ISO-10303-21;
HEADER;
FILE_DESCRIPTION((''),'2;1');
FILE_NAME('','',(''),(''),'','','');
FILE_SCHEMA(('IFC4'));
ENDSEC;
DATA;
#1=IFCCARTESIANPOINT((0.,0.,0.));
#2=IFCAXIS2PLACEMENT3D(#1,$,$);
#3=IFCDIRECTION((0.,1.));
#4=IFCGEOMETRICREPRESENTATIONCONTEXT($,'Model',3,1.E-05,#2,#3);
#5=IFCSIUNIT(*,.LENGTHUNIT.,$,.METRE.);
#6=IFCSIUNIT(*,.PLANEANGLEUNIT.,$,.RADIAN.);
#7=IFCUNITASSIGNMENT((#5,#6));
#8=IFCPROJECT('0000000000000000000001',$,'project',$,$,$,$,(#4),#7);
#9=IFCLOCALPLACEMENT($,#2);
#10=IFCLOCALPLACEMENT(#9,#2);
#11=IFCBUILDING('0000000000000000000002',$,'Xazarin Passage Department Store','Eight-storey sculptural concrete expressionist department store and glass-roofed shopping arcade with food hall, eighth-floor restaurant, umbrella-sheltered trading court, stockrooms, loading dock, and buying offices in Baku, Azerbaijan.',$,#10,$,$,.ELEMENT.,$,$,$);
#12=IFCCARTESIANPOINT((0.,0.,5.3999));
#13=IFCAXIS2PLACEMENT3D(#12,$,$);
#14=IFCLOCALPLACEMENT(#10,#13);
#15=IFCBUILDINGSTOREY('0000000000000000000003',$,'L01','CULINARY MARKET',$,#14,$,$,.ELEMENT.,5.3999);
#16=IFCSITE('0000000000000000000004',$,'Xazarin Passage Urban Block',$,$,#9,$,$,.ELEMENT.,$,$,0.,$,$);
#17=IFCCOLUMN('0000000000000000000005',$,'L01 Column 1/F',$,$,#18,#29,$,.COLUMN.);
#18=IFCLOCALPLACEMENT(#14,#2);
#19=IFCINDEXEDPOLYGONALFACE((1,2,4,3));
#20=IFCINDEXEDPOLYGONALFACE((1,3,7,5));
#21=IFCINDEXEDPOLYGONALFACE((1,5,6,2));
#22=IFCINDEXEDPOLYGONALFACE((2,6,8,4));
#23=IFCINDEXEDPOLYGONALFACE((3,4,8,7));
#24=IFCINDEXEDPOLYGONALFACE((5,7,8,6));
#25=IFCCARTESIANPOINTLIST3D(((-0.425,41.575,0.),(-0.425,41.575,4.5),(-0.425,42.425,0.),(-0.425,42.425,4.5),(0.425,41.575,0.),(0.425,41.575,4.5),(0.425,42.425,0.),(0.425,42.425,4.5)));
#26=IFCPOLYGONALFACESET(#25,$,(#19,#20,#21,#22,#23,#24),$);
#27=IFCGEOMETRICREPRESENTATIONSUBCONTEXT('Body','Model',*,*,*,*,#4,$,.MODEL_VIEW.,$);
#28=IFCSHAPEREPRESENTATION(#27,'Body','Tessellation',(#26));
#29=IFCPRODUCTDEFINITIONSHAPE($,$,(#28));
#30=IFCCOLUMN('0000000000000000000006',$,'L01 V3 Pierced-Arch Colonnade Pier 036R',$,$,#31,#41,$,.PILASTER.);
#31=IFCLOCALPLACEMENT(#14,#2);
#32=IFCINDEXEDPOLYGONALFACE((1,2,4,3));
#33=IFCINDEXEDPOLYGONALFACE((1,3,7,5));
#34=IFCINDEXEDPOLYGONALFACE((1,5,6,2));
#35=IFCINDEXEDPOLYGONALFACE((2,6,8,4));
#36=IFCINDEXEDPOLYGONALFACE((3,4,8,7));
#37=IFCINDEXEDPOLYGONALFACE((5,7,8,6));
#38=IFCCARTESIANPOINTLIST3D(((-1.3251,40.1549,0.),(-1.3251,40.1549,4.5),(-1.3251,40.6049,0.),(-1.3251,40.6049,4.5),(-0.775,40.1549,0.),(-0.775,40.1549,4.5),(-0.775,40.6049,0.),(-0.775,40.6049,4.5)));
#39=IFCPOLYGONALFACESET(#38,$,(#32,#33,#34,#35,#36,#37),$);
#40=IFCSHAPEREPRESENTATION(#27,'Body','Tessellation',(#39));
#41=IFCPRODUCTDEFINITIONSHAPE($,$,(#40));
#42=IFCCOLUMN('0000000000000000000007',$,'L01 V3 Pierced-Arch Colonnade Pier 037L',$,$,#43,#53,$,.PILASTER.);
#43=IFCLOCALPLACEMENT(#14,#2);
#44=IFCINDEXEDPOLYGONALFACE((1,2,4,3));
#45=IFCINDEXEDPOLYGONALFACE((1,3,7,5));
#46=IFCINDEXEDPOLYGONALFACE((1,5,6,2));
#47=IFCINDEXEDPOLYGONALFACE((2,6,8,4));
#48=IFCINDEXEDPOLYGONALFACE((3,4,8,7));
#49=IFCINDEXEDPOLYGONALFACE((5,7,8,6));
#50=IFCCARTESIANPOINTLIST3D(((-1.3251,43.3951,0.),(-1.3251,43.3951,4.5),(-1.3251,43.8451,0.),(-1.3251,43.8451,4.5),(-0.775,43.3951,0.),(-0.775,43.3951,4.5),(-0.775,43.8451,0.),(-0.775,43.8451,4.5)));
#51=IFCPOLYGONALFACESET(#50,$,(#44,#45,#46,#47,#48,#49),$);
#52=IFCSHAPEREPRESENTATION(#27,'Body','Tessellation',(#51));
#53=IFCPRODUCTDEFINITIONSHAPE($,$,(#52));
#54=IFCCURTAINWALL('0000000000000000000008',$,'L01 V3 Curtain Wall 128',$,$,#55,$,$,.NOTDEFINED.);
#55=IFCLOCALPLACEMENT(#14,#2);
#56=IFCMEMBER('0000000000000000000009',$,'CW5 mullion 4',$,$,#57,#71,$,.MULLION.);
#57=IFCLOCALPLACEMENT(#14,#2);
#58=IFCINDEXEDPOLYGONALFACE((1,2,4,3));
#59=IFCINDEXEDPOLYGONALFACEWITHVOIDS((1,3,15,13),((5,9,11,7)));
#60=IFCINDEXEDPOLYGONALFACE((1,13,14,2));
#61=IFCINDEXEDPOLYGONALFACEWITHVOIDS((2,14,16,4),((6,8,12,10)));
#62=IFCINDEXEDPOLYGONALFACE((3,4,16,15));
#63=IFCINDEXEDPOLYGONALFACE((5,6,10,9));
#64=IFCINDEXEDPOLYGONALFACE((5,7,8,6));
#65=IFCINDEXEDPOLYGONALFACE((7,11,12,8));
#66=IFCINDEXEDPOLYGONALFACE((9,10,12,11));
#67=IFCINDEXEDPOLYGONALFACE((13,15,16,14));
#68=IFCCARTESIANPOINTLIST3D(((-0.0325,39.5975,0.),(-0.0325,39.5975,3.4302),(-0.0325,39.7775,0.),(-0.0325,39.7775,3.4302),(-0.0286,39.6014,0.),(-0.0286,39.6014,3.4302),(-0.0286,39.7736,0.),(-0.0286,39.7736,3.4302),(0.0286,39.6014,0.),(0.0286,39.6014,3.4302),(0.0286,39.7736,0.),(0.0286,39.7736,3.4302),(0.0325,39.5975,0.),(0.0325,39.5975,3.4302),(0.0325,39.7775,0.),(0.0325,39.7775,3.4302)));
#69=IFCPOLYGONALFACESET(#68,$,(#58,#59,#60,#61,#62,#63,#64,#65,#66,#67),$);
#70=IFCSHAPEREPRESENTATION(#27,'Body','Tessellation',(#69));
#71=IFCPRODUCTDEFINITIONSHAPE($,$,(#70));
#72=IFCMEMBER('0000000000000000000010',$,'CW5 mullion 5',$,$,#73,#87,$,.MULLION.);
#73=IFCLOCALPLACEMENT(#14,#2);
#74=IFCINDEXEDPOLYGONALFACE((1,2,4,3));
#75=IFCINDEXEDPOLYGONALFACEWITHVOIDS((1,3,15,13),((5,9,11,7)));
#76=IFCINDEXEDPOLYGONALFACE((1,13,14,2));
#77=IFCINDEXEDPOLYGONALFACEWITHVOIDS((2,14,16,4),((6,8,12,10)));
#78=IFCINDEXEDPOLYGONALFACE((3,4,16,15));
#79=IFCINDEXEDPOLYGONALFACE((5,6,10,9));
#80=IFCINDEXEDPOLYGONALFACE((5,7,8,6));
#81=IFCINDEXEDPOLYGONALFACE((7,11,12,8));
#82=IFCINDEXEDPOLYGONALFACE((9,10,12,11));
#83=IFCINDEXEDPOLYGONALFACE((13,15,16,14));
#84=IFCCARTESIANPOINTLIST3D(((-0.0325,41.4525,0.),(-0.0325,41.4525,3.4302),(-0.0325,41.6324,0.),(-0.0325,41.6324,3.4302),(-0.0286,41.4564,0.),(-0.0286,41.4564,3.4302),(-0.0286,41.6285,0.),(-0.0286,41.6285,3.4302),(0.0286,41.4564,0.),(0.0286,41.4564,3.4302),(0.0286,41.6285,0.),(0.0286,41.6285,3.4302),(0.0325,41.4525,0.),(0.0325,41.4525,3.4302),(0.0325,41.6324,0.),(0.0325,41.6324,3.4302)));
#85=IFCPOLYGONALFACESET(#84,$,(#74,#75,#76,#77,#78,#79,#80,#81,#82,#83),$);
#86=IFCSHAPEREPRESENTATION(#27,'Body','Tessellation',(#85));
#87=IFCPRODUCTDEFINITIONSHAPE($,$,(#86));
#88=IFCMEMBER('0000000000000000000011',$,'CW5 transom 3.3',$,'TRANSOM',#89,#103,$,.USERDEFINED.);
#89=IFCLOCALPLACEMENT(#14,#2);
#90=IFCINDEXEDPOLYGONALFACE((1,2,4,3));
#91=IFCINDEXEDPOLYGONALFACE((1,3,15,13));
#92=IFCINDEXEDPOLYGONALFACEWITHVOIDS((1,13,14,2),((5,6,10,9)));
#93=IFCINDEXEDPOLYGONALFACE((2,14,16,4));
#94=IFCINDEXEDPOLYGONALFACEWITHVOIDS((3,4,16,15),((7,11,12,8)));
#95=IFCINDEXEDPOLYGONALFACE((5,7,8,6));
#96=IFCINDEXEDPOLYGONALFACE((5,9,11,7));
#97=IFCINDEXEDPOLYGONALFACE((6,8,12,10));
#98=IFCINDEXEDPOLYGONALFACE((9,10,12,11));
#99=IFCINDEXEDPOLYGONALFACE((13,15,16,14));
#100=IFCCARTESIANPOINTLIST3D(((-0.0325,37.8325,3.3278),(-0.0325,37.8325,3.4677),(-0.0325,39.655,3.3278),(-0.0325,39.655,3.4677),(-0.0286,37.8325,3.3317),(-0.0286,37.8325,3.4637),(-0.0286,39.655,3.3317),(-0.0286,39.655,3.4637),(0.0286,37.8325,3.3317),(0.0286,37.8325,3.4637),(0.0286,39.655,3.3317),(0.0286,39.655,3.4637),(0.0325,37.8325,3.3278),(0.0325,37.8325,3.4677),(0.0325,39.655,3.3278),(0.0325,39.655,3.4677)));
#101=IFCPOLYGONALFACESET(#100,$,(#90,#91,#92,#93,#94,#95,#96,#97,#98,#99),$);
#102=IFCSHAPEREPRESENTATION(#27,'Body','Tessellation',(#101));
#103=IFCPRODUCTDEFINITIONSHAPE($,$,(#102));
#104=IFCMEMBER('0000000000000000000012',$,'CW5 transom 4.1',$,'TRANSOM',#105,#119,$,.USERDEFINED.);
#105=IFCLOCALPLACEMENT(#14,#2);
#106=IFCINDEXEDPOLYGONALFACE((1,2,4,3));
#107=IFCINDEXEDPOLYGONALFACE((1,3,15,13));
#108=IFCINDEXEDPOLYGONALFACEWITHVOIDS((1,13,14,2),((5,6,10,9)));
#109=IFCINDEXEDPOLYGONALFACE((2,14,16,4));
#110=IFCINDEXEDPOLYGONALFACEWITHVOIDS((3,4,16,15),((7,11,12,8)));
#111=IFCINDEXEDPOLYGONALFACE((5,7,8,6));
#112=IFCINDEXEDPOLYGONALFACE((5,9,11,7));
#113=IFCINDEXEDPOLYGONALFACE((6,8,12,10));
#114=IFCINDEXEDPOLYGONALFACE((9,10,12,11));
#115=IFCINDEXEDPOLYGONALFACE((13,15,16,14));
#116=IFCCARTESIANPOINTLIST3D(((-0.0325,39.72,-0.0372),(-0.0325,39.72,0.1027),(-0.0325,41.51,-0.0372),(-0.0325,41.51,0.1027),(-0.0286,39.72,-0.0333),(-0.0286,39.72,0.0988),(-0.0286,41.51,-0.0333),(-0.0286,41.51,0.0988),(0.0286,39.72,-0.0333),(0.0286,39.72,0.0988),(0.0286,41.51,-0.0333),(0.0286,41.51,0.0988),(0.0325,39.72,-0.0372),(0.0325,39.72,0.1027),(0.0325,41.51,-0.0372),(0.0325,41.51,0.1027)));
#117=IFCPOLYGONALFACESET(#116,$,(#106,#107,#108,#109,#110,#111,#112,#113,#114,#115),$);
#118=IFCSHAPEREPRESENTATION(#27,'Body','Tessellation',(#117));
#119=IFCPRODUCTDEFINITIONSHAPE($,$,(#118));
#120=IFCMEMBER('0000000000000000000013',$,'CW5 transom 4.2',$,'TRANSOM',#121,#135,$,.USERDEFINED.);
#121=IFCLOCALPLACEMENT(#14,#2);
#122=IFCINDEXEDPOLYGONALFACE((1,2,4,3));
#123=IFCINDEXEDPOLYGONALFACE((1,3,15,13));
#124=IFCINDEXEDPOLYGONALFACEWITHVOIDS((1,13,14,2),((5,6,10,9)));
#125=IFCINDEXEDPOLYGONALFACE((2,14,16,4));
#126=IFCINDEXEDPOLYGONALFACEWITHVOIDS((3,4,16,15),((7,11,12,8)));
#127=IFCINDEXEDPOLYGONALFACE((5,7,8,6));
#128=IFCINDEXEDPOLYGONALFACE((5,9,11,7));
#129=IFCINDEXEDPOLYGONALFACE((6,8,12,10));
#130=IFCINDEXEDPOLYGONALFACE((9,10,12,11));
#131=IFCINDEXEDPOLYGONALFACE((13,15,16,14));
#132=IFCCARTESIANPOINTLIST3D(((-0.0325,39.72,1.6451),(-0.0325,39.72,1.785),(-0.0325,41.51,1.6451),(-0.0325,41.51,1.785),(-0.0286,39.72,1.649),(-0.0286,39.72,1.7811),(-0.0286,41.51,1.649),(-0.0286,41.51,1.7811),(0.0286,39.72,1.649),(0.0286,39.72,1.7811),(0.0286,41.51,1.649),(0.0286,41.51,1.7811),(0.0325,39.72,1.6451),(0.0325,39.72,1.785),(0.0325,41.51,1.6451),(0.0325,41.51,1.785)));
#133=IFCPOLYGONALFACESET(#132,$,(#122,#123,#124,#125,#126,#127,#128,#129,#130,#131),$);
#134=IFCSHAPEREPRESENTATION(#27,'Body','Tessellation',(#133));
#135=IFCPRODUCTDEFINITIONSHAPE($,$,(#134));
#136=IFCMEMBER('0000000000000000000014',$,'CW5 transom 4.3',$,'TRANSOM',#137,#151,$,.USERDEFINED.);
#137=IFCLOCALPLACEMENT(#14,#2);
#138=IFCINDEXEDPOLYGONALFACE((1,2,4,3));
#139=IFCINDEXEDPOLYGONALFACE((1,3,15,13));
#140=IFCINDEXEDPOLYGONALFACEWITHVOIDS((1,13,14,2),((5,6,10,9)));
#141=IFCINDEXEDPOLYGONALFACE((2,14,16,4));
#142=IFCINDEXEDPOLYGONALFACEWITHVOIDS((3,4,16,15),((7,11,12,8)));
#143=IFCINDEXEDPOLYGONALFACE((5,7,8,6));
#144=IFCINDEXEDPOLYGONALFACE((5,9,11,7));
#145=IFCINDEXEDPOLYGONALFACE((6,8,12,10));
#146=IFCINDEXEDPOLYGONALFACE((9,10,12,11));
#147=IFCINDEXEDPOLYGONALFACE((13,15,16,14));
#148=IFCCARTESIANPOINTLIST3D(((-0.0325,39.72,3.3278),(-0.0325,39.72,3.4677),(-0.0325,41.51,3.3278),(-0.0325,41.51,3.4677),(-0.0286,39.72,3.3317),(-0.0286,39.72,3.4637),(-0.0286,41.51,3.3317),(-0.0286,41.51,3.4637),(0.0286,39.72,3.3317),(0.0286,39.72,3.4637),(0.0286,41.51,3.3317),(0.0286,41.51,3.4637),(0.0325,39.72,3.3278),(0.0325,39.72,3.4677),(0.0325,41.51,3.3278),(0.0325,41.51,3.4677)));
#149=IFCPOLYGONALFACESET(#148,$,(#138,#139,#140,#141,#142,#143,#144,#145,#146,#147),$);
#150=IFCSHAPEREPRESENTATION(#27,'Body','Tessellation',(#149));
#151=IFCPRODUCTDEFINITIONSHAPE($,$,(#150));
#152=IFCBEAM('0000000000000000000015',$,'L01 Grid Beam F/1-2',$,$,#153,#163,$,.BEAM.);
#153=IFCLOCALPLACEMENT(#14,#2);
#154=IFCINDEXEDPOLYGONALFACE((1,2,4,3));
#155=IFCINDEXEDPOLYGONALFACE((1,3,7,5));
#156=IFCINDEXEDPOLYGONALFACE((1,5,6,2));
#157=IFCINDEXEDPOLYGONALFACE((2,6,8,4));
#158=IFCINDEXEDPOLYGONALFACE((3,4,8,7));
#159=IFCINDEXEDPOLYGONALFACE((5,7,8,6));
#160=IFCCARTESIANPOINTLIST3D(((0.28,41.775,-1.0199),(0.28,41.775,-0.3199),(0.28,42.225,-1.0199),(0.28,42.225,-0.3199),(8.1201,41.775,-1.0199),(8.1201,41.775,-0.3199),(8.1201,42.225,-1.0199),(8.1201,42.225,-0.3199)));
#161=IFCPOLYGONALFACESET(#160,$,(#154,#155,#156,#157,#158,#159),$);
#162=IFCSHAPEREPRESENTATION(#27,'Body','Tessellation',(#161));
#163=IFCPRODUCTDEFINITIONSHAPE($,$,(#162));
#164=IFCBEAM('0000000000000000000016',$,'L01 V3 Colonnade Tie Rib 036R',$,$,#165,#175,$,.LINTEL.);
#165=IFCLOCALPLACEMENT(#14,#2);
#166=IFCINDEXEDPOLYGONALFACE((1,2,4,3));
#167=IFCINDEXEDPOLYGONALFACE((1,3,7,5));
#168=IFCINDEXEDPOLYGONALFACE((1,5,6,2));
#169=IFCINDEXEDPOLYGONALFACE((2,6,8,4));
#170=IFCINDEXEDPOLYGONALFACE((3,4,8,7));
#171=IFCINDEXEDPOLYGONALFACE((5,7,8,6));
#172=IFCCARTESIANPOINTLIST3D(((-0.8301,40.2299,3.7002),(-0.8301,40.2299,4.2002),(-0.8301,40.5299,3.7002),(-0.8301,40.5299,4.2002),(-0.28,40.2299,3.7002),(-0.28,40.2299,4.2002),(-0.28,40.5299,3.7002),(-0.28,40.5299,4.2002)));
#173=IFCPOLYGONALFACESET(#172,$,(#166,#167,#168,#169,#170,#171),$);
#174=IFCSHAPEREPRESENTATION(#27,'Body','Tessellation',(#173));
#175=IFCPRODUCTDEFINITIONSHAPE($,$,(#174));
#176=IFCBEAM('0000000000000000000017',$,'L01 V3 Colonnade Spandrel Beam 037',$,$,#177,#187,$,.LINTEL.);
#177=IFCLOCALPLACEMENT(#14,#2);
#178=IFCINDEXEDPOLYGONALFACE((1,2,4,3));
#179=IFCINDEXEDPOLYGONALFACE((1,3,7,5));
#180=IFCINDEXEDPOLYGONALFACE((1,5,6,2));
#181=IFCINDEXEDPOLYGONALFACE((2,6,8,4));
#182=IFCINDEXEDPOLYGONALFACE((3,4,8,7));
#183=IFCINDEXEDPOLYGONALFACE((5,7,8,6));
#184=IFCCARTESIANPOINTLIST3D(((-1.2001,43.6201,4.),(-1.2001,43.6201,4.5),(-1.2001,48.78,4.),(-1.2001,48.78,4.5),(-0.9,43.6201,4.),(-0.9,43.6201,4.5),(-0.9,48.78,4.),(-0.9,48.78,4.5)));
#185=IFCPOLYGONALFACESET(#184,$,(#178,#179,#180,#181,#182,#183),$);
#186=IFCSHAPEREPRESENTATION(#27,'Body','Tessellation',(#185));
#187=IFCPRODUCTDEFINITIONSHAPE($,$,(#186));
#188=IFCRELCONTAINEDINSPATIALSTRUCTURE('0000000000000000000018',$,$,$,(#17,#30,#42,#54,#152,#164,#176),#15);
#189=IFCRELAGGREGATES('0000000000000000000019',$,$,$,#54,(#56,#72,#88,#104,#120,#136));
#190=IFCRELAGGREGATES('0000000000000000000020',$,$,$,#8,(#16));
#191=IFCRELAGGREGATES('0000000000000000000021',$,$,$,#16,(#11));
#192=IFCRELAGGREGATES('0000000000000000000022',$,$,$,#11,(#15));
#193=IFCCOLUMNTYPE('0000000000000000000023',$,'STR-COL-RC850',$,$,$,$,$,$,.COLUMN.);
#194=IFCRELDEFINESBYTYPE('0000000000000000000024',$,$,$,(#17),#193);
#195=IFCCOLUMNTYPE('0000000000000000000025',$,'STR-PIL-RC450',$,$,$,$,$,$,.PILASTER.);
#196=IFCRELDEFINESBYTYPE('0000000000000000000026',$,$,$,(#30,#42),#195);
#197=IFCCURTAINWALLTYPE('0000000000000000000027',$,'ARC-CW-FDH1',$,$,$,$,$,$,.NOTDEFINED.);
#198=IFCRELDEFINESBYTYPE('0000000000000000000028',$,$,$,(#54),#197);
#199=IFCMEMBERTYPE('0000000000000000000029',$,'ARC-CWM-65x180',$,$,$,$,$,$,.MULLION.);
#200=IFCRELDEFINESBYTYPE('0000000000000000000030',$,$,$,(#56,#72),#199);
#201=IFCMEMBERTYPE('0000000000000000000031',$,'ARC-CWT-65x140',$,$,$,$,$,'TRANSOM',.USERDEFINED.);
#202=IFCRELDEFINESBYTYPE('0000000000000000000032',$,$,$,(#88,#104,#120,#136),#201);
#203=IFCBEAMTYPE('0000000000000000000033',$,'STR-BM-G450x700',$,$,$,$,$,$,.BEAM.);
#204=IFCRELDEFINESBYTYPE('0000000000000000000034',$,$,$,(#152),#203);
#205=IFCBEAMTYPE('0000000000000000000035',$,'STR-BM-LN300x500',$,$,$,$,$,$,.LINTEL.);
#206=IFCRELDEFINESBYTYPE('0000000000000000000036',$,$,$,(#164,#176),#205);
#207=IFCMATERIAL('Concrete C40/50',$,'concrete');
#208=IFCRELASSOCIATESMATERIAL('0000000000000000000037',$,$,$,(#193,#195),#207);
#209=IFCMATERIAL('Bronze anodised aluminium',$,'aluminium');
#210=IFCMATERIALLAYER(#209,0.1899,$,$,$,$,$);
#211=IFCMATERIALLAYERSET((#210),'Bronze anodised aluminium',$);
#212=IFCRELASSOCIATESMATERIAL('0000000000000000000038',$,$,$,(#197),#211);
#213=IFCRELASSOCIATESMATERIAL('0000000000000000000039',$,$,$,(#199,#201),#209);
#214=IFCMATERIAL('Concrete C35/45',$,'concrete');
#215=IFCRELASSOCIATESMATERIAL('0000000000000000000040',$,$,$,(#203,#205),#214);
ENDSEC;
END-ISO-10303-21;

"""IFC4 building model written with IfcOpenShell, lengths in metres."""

from ifc_helpers import new_model, si_unit, direction, frame, origin, origin_2d, place, context, subcontext, project, spatial, rectangle, hollow_rectangle, extrude, material, layer, layer_set, material_profile, profile_set, type_object, element, aggregate, save


model = new_model("IFC4")

# Units and contexts
model_context = context("Model", 3, precision=1e-05, world=origin(), true_north=direction((0.0, 1.0)))
body_context = subcontext(model_context, "Body", "Model", "MODEL_VIEW")
ifc_project = project(units=[si_unit("LENGTHUNIT", "METRE"), si_unit("PLANEANGLEUNIT", "RADIAN")], contexts=[model_context])

# Site, building, storey
site_placement = place(None, origin())
site = spatial("IfcSite", under=ifc_project, at=site_placement, Name="Xazarin Passage Urban Block", CompositionType="ELEMENT", RefElevation=0.0)
building_placement = place(site_placement, origin())
building = spatial("IfcBuilding", under=site, at=building_placement, Name="Xazarin Passage Department Store", Description="Eight-storey sculptural concrete expressionist department store and glass-roofed shopping arcade with food hall, eighth-floor restaurant, umbrella-sheltered trading court, stockrooms, loading dock, and buying offices in Baku, Azerbaijan.", CompositionType="ELEMENT")
storey_placement = place(building_placement, frame((0.0, 0.0, 5.3999)))
storey = spatial("IfcBuildingStorey", under=building, at=storey_placement, Name="L01", Description="CULINARY MARKET", CompositionType="ELEMENT", Elevation=5.3999)

# Columns
ifc_material_1 = material(Name="Concrete C40/50", Category="concrete")
ifc_material_profile_1 = material_profile(ifc_material_1, rectangle(XDim=0.8501, YDim=0.8501, at=origin_2d()), Name="RC 850x850")
ifc_profile_set_1 = profile_set([ifc_material_profile_1], Name="Concrete C40/50")
column_type_1 = type_object("IfcColumnType", Name="STR-COL-RC850", PredefinedType="COLUMN", material=ifc_profile_set_1)
column_placement = place(storey_placement, frame((0.0, 42.0, 0.0), z_axis=(0.0, 0.0, 1.0), x_axis=(1.0, 0.0, 0.0)))
element("IfcColumn", 1, at=column_placement, inside=storey, type_object=column_type_1, Name="L01 Column 1/F", PredefinedType="COLUMN", context=body_context, shape_type="SweptSolid", body=[
    extrude(rectangle(XDim=0.8501, YDim=0.8501, at=origin_2d()), origin(), (0.0, 0.0, 1.0), 4.5),
])
ifc_material_profile_2 = material_profile(ifc_material_1, rectangle(XDim=0.45, YDim=0.55, at=origin_2d()), Name="RC 450x550")
ifc_profile_set_2 = profile_set([ifc_material_profile_2], Name="Concrete C40/50")
column_type_2 = type_object("IfcColumnType", Name="STR-PIL-RC450", PredefinedType="PILASTER", material=ifc_profile_set_2)
for number, where, z_axis, x_axis, name in (
    (2, (-1.05, 40.3799, 0.0), (0.0, 0.0, 1.0), (0.0, 1.0, 0.0), "L01 V3 Pierced-Arch Colonnade Pier 036R"),
    (3, (-1.05, 43.6201, 0.0), (0.0, 0.0, 1.0), (0.0, 1.0, 0.0), "L01 V3 Pierced-Arch Colonnade Pier 037L"),
):
    element("IfcColumn", number, at=place(storey_placement, frame(where, z_axis=z_axis, x_axis=x_axis)), inside=storey, type_object=column_type_2, Name=name, PredefinedType="PILASTER", context=body_context, shape_type="SweptSolid", body=[
        extrude(rectangle(XDim=0.45, YDim=0.55, at=origin_2d()), origin(), (0.0, 0.0, 1.0), 4.5),
    ])

# Curtain wall, members
ifc_material_2 = material(Name="Bronze anodised aluminium", Category="aluminium")
ifc_layer_1 = layer(ifc_material_2, 0.1899)
ifc_layer_set_1 = layer_set([ifc_layer_1], Name="Bronze anodised aluminium")
curtain_wall_type = type_object("IfcCurtainWallType", Name="ARC-CW-FDH1", PredefinedType="NOTDEFINED", material=ifc_layer_set_1)
curtain_wall_placement = place(storey_placement, origin())
curtain_wall = element("IfcCurtainWall", 4, at=curtain_wall_placement, inside=storey, type_object=curtain_wall_type, Name="L01 V3 Curtain Wall 128", PredefinedType="NOTDEFINED")
ifc_material_profile_3 = material_profile(ifc_material_2, hollow_rectangle(XDim=0.0649, YDim=0.1799, WallThickness=0.0039, at=origin_2d()), Name="ALU 65x180")
ifc_profile_set_3 = profile_set([ifc_material_profile_3], Name="Bronze anodised aluminium")
member_type_1 = type_object("IfcMemberType", Name="ARC-CWM-65x180", PredefinedType="MULLION", material=ifc_profile_set_3)
member_1_placement = place(storey_placement, frame((0.0, 39.6875, 0.0), z_axis=(0.0, 0.0, 1.0), x_axis=(-1.0, 0.0, 0.0)))
member_1 = element("IfcMember", 5, at=member_1_placement, type_object=member_type_1, Name="CW5 mullion 4", PredefinedType="MULLION", context=body_context, shape_type="SweptSolid", body=[
    extrude(hollow_rectangle(XDim=0.0649, YDim=0.1799, WallThickness=0.0039, at=origin_2d()), origin(), (0.0, 0.0, 1.0), 3.4302),
])
member_2_placement = place(storey_placement, frame((0.0, 41.5425, 0.0), z_axis=(0.0, 0.0, 1.0), x_axis=(-1.0, 0.0, 0.0)))
member_2 = element("IfcMember", 6, at=member_2_placement, type_object=member_type_1, Name="CW5 mullion 5", PredefinedType="MULLION", context=body_context, shape_type="SweptSolid", body=[
    extrude(hollow_rectangle(XDim=0.0649, YDim=0.1799, WallThickness=0.0039, at=origin_2d()), origin(), (0.0, 0.0, 1.0), 3.4302),
])
ifc_material_profile_4 = material_profile(ifc_material_2, hollow_rectangle(XDim=0.0649, YDim=0.1399, WallThickness=0.0039, at=origin_2d()), Name="ALU 65x140")
ifc_profile_set_4 = profile_set([ifc_material_profile_4], Name="Bronze anodised aluminium")
member_type_2 = type_object("IfcMemberType", Name="ARC-CWT-65x140", ElementType="TRANSOM", PredefinedType="USERDEFINED", material=ifc_profile_set_4)
member_3_placement = place(storey_placement, frame((0.0, 37.8325, 3.3977), z_axis=(0.0, 1.0, 0.0), x_axis=(-1.0, 0.0, 0.0)))
member_3 = element("IfcMember", 7, at=member_3_placement, type_object=member_type_2, Name="CW5 transom 3.3", ObjectType="TRANSOM", PredefinedType="USERDEFINED", context=body_context, shape_type="SweptSolid", body=[
    extrude(hollow_rectangle(XDim=0.0649, YDim=0.1399, WallThickness=0.0039, at=origin_2d()), origin(), (0.0, 0.0, 1.0), 1.8225),
])
member_4_placement = place(storey_placement, frame((0.0, 39.72, 0.0327), z_axis=(0.0, 1.0, 0.0), x_axis=(-1.0, 0.0, 0.0)))
member_4 = element("IfcMember", 8, at=member_4_placement, type_object=member_type_2, Name="CW5 transom 4.1", ObjectType="TRANSOM", PredefinedType="USERDEFINED", context=body_context, shape_type="SweptSolid", body=[
    extrude(hollow_rectangle(XDim=0.0649, YDim=0.1399, WallThickness=0.0039, at=origin_2d()), origin(), (0.0, 0.0, 1.0), 1.79),
])
member_5_placement = place(storey_placement, frame((0.0, 39.72, 1.7151), z_axis=(0.0, 1.0, 0.0), x_axis=(-1.0, 0.0, 0.0)))
member_5 = element("IfcMember", 9, at=member_5_placement, type_object=member_type_2, Name="CW5 transom 4.2", ObjectType="TRANSOM", PredefinedType="USERDEFINED", context=body_context, shape_type="SweptSolid", body=[
    extrude(hollow_rectangle(XDim=0.0649, YDim=0.1399, WallThickness=0.0039, at=origin_2d()), origin(), (0.0, 0.0, 1.0), 1.79),
])
member_6_placement = place(storey_placement, frame((0.0, 39.72, 3.3977), z_axis=(0.0, 1.0, 0.0), x_axis=(-1.0, 0.0, 0.0)))
member_6 = element("IfcMember", 10, at=member_6_placement, type_object=member_type_2, Name="CW5 transom 4.3", ObjectType="TRANSOM", PredefinedType="USERDEFINED", context=body_context, shape_type="SweptSolid", body=[
    extrude(hollow_rectangle(XDim=0.0649, YDim=0.1399, WallThickness=0.0039, at=origin_2d()), origin(), (0.0, 0.0, 1.0), 1.79),
])

# Beams
ifc_material_3 = material(Name="Concrete C35/45", Category="concrete")
ifc_material_profile_5 = material_profile(ifc_material_3, rectangle(XDim=0.45, YDim=0.7, at=origin_2d()), Name="RC 450x700")
ifc_profile_set_5 = profile_set([ifc_material_profile_5], Name="Concrete C35/45")
beam_type_1 = type_object("IfcBeamType", Name="STR-BM-G450x700", PredefinedType="BEAM", material=ifc_profile_set_5)
beam_1_placement = place(storey_placement, frame((0.28, 42.0, -0.6699), z_axis=(1.0, 0.0, 0.0), x_axis=(0.0, 1.0, 0.0)))
element("IfcBeam", 11, at=beam_1_placement, inside=storey, type_object=beam_type_1, Name="L01 Grid Beam F/1-2", PredefinedType="BEAM", context=body_context, shape_type="SweptSolid", body=[
    extrude(rectangle(XDim=0.45, YDim=0.7, at=origin_2d()), origin(), (0.0, 0.0, 1.0), 7.8401),
])
ifc_material_profile_6 = material_profile(ifc_material_3, rectangle(XDim=0.3, YDim=0.5, at=origin_2d()), Name="RC 300x500")
ifc_profile_set_6 = profile_set([ifc_material_profile_6], Name="Concrete C35/45")
beam_type_2 = type_object("IfcBeamType", Name="STR-BM-LN300x500", PredefinedType="LINTEL", material=ifc_profile_set_6)
beam_2_placement = place(storey_placement, frame((-0.28, 40.3799, 3.9502), z_axis=(-1.0, 0.0, 0.0), x_axis=(0.0, -1.0, 0.0)))
element("IfcBeam", 12, at=beam_2_placement, inside=storey, type_object=beam_type_2, Name="L01 V3 Colonnade Tie Rib 036R", PredefinedType="LINTEL", context=body_context, shape_type="SweptSolid", body=[
    extrude(rectangle(XDim=0.3, YDim=0.5, at=origin_2d()), origin(), (0.0, 0.0, 1.0), 0.55),
])
beam_3_placement = place(storey_placement, frame((-1.05, 43.6201, 4.25), z_axis=(0.0, 1.0, 0.0), x_axis=(-1.0, 0.0, 0.0)))
element("IfcBeam", 13, at=beam_3_placement, inside=storey, type_object=beam_type_2, Name="L01 V3 Colonnade Spandrel Beam 037", PredefinedType="LINTEL", context=body_context, shape_type="SweptSolid", body=[
    extrude(rectangle(XDim=0.3, YDim=0.5, at=origin_2d()), origin(), (0.0, 0.0, 1.0), 5.1599),
])

aggregate(curtain_wall, [member_1, member_2, member_3, member_4, member_5, member_6])

save(model, "model.ifc")
